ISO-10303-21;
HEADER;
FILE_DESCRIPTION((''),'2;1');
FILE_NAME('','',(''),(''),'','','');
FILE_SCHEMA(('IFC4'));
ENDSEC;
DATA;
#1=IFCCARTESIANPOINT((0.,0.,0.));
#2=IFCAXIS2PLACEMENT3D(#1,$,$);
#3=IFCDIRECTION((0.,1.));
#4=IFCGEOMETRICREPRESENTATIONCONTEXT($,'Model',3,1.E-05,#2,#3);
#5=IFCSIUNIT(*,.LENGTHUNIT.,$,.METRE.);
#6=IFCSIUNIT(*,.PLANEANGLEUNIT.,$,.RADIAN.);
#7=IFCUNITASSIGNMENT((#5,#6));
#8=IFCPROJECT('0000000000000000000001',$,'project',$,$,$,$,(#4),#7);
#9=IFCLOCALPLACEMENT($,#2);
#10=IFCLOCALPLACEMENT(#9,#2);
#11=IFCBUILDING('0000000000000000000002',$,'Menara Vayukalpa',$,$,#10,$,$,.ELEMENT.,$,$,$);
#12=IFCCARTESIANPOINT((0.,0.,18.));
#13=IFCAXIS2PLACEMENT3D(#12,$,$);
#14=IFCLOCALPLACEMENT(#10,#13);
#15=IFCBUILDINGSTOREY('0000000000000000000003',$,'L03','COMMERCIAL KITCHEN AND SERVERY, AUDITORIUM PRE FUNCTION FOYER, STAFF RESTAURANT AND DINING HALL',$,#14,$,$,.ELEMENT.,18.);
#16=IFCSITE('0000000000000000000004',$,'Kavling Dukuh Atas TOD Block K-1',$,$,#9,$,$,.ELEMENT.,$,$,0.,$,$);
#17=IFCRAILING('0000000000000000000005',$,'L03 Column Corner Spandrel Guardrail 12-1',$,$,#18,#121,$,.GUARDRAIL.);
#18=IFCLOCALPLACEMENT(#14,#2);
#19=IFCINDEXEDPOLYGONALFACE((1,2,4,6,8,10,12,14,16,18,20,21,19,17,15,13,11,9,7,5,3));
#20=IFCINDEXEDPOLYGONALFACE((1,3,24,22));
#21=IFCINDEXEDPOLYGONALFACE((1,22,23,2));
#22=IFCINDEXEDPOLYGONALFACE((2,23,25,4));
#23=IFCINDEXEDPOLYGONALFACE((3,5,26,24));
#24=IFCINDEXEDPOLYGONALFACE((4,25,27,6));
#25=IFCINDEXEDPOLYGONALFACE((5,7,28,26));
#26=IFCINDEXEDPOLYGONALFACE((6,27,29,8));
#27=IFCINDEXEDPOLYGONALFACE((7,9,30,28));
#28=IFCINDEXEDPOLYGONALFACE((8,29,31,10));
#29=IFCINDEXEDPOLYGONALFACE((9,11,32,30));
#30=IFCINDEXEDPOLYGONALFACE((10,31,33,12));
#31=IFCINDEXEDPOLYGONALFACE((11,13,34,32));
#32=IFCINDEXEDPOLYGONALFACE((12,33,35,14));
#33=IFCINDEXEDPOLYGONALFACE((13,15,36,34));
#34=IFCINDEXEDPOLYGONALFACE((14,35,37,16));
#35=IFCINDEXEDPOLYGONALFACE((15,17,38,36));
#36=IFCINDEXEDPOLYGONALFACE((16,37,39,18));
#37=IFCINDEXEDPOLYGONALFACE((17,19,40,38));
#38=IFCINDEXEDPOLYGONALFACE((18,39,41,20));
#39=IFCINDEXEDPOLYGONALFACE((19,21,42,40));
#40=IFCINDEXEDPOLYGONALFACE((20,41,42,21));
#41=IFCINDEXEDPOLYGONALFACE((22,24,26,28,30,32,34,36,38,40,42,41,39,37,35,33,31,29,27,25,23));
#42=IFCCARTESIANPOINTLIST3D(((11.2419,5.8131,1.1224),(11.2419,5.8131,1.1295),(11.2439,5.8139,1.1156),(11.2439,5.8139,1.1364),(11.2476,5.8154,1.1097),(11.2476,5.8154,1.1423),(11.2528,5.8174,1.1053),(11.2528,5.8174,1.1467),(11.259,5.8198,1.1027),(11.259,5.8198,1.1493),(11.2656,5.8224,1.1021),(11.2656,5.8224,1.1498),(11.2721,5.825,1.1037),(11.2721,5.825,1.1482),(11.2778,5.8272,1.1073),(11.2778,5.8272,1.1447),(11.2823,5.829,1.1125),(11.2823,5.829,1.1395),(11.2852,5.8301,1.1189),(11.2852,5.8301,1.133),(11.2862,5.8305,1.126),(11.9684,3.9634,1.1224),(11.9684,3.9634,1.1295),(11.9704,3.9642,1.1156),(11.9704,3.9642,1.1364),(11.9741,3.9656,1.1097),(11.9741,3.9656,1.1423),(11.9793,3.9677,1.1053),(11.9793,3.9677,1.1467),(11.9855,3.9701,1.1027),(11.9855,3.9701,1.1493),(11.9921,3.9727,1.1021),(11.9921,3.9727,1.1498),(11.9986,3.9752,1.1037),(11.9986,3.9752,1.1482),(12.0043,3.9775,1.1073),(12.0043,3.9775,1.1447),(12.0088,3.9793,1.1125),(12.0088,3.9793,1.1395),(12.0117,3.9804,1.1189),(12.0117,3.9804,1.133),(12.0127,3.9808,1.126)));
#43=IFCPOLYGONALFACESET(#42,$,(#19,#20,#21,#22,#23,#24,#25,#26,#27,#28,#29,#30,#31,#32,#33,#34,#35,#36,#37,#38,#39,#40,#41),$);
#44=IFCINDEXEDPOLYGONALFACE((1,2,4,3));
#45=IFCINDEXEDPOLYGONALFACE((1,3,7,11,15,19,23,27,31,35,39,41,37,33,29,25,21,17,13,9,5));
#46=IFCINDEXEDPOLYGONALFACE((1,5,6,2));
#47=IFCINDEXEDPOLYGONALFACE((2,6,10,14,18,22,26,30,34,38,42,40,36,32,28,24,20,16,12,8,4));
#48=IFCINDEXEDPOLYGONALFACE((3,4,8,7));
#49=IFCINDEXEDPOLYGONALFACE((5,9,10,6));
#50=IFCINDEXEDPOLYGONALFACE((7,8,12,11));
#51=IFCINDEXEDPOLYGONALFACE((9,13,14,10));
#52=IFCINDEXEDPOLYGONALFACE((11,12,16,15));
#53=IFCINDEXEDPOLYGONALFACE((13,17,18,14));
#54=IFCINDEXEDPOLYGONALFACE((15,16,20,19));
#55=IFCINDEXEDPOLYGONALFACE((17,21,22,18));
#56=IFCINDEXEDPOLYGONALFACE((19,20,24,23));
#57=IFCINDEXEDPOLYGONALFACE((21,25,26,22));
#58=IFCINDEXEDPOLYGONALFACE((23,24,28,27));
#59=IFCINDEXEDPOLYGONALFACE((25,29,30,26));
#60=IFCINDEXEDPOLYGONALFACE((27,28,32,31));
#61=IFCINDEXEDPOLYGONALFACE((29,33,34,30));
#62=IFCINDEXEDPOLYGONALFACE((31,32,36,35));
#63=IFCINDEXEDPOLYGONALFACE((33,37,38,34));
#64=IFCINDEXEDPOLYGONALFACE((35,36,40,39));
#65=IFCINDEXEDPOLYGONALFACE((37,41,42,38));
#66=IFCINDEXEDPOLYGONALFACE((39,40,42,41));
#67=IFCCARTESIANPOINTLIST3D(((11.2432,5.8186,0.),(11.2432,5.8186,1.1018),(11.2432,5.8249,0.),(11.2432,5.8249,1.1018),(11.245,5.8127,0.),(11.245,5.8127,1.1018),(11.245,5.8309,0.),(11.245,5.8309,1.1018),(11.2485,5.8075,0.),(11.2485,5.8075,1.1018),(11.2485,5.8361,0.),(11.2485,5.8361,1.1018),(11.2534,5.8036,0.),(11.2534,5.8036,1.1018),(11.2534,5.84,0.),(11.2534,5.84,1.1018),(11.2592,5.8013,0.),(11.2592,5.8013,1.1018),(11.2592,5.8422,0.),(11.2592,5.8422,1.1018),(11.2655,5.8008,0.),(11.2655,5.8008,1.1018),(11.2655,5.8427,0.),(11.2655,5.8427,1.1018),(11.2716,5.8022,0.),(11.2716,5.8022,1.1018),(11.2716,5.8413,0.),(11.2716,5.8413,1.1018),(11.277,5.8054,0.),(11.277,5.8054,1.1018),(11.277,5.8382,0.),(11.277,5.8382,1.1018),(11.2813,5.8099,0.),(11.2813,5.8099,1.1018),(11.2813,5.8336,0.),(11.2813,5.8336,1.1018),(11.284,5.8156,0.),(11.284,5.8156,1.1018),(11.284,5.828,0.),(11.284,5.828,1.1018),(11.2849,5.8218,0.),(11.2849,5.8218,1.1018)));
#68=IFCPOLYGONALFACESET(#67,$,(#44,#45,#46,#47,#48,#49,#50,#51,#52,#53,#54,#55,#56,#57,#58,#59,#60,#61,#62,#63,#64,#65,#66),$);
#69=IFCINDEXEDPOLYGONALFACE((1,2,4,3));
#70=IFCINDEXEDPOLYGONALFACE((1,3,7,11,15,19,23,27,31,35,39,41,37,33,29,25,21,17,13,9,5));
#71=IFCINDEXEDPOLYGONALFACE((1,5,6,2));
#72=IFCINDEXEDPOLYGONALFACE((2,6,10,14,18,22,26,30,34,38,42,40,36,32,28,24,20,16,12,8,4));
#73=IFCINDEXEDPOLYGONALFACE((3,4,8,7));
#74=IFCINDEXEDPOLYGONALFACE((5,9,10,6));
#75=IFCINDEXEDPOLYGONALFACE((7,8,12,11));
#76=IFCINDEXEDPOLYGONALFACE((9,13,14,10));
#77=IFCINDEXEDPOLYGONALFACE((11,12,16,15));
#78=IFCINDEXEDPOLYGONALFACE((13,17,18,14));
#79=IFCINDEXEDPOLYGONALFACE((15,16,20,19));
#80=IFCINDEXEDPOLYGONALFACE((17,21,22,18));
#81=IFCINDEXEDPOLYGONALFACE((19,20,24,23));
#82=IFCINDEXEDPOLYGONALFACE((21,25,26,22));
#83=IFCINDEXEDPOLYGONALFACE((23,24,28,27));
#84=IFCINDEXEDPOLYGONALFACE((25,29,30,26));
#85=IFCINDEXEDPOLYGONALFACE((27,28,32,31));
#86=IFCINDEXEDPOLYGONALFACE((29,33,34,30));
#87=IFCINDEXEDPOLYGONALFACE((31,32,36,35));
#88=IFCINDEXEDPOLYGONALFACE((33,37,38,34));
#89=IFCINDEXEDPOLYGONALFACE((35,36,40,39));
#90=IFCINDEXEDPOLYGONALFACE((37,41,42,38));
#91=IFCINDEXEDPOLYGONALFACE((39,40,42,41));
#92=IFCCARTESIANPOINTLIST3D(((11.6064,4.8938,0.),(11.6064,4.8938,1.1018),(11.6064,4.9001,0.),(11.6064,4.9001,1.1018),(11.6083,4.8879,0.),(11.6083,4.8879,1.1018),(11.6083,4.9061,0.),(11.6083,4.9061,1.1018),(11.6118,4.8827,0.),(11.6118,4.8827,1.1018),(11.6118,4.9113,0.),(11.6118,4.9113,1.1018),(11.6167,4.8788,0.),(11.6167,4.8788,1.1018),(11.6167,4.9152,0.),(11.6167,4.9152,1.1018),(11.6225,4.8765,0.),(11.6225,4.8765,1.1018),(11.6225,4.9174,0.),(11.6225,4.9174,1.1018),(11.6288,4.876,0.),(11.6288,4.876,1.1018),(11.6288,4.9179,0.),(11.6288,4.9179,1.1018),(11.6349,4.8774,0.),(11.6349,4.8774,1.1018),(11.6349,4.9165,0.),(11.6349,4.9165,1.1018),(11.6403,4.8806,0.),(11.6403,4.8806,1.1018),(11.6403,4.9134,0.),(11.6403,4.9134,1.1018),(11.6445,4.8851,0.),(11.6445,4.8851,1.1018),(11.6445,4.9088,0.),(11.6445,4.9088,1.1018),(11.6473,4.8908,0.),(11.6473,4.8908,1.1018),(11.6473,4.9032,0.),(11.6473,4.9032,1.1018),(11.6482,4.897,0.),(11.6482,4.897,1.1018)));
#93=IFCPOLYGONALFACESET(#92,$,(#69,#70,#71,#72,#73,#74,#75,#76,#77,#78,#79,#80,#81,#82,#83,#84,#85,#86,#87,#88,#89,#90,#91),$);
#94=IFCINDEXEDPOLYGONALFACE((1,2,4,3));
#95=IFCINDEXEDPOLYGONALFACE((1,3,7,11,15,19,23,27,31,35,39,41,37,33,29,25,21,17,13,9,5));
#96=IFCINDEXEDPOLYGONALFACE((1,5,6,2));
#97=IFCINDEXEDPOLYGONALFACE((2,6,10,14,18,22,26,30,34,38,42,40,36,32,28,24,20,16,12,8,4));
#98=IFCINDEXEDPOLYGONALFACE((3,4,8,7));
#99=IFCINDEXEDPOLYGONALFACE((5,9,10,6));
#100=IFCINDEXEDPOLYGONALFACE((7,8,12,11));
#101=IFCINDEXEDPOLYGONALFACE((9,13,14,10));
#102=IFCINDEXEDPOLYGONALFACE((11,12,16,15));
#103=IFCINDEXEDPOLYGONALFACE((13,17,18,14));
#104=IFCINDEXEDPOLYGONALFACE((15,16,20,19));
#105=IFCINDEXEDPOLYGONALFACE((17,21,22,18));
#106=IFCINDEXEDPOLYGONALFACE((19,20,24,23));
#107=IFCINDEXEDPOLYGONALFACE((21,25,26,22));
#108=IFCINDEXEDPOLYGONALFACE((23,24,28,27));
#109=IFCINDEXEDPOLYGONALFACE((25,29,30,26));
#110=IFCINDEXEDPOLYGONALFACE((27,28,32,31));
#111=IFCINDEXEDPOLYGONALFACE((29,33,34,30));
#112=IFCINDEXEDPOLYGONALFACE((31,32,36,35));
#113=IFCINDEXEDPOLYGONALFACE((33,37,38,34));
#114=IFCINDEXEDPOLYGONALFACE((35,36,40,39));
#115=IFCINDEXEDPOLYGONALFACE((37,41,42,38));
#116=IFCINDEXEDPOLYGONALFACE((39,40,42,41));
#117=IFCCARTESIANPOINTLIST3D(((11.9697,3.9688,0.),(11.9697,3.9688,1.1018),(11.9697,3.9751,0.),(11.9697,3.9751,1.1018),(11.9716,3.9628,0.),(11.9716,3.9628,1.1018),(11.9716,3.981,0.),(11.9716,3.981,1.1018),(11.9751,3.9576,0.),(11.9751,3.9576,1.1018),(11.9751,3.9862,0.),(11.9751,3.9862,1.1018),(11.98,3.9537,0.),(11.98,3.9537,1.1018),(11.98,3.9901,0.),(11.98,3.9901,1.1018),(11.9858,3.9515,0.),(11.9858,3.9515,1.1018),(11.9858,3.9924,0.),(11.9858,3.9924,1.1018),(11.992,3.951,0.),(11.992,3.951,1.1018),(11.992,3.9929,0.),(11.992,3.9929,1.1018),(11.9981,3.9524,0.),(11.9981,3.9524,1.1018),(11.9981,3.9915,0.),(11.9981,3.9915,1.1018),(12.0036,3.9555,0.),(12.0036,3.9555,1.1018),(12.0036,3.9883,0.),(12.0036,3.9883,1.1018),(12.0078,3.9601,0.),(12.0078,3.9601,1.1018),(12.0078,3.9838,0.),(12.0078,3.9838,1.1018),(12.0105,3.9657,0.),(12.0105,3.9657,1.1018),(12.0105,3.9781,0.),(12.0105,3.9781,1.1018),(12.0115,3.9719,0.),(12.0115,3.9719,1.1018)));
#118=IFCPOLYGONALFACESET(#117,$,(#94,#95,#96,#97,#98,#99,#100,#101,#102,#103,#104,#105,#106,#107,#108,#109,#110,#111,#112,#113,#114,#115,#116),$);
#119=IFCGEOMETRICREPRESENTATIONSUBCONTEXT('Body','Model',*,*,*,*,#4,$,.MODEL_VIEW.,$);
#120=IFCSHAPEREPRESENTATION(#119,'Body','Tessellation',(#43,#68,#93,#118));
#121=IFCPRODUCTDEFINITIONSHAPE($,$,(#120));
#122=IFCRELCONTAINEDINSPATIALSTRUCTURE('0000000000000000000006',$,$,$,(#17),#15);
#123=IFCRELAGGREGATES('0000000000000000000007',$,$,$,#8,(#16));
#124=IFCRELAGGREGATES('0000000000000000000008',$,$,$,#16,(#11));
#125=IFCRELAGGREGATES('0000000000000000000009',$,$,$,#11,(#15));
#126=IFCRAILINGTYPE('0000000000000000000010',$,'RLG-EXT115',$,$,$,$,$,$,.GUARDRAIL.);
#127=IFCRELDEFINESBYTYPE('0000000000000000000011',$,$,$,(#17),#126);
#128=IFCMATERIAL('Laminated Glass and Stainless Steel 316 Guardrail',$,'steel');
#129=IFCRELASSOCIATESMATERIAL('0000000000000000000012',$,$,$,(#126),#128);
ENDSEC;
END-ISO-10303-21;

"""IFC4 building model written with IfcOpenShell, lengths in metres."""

from ifc_helpers import new_model, si_unit, direction, frame, origin, origin_2d, place, context, subcontext, project, spatial, circle, extrude, material, type_object, element, save


model = new_model("IFC4")

# Units and contexts
model_context = context("Model", 3, precision=1e-05, world=origin(), true_north=direction((0.0, 1.0)))
body_context = subcontext(model_context, "Body", "Model", "MODEL_VIEW")
ifc_project = project(units=[si_unit("LENGTHUNIT", "METRE"), si_unit("PLANEANGLEUNIT", "RADIAN")], contexts=[model_context])

# Site, building, storey
site_placement = place(None, origin())
site = spatial("IfcSite", under=ifc_project, at=site_placement, Name="Kavling Dukuh Atas TOD Block K-1", CompositionType="ELEMENT", RefElevation=0.0)
building_placement = place(site_placement, origin())
building = spatial("IfcBuilding", under=site, at=building_placement, Name="Menara Vayukalpa", CompositionType="ELEMENT")
storey_placement = place(building_placement, frame((0.0, 0.0, 18.0)))
storey = spatial("IfcBuildingStorey", under=building, at=storey_placement, Name="L03", Description="COMMERCIAL KITCHEN AND SERVERY, AUDITORIUM PRE FUNCTION FOYER, STAFF RESTAURANT AND DINING HALL", CompositionType="ELEMENT", Elevation=18.0)

# Railing
ifc_material_1 = material(Name="Laminated Glass and Stainless Steel 316 Guardrail", Category="steel")
railing_type = type_object("IfcRailingType", Name="RLG-EXT115", PredefinedType="GUARDRAIL", material=ifc_material_1)
railing_1_placement = place(storey_placement, frame((11.2639, 5.8218, 0.0)))
element("IfcRailing", 1, at=railing_1_placement, inside=storey, type_object=railing_type, Name="L03 Column Corner Spandrel Guardrail 12-1", PredefinedType="GUARDRAIL", context=body_context, shape_type="SweptSolid", body=[
    extrude(circle(Radius=0.0239, at=origin_2d()), frame((0.0, 0.0, 1.126), z_axis=(0.36558, -0.93078, 0.0), x_axis=(0.93078, 0.36558, 0.0)), (0.0, 0.0, 1.0), 1.9873),
    extrude(circle(Radius=0.021, at=origin_2d()), origin(), (0.0, 0.0, 1.0), 1.1018),
    extrude(circle(Radius=0.021, at=origin_2d()), frame((0.3633, -0.9248, 0.0)), (0.0, 0.0, 1.0), 1.1018),
    extrude(circle(Radius=0.021, at=origin_2d()), frame((0.7266, -1.8499, 0.0)), (0.0, 0.0, 1.0), 1.1018),
])

save(model, "model.ifc")
